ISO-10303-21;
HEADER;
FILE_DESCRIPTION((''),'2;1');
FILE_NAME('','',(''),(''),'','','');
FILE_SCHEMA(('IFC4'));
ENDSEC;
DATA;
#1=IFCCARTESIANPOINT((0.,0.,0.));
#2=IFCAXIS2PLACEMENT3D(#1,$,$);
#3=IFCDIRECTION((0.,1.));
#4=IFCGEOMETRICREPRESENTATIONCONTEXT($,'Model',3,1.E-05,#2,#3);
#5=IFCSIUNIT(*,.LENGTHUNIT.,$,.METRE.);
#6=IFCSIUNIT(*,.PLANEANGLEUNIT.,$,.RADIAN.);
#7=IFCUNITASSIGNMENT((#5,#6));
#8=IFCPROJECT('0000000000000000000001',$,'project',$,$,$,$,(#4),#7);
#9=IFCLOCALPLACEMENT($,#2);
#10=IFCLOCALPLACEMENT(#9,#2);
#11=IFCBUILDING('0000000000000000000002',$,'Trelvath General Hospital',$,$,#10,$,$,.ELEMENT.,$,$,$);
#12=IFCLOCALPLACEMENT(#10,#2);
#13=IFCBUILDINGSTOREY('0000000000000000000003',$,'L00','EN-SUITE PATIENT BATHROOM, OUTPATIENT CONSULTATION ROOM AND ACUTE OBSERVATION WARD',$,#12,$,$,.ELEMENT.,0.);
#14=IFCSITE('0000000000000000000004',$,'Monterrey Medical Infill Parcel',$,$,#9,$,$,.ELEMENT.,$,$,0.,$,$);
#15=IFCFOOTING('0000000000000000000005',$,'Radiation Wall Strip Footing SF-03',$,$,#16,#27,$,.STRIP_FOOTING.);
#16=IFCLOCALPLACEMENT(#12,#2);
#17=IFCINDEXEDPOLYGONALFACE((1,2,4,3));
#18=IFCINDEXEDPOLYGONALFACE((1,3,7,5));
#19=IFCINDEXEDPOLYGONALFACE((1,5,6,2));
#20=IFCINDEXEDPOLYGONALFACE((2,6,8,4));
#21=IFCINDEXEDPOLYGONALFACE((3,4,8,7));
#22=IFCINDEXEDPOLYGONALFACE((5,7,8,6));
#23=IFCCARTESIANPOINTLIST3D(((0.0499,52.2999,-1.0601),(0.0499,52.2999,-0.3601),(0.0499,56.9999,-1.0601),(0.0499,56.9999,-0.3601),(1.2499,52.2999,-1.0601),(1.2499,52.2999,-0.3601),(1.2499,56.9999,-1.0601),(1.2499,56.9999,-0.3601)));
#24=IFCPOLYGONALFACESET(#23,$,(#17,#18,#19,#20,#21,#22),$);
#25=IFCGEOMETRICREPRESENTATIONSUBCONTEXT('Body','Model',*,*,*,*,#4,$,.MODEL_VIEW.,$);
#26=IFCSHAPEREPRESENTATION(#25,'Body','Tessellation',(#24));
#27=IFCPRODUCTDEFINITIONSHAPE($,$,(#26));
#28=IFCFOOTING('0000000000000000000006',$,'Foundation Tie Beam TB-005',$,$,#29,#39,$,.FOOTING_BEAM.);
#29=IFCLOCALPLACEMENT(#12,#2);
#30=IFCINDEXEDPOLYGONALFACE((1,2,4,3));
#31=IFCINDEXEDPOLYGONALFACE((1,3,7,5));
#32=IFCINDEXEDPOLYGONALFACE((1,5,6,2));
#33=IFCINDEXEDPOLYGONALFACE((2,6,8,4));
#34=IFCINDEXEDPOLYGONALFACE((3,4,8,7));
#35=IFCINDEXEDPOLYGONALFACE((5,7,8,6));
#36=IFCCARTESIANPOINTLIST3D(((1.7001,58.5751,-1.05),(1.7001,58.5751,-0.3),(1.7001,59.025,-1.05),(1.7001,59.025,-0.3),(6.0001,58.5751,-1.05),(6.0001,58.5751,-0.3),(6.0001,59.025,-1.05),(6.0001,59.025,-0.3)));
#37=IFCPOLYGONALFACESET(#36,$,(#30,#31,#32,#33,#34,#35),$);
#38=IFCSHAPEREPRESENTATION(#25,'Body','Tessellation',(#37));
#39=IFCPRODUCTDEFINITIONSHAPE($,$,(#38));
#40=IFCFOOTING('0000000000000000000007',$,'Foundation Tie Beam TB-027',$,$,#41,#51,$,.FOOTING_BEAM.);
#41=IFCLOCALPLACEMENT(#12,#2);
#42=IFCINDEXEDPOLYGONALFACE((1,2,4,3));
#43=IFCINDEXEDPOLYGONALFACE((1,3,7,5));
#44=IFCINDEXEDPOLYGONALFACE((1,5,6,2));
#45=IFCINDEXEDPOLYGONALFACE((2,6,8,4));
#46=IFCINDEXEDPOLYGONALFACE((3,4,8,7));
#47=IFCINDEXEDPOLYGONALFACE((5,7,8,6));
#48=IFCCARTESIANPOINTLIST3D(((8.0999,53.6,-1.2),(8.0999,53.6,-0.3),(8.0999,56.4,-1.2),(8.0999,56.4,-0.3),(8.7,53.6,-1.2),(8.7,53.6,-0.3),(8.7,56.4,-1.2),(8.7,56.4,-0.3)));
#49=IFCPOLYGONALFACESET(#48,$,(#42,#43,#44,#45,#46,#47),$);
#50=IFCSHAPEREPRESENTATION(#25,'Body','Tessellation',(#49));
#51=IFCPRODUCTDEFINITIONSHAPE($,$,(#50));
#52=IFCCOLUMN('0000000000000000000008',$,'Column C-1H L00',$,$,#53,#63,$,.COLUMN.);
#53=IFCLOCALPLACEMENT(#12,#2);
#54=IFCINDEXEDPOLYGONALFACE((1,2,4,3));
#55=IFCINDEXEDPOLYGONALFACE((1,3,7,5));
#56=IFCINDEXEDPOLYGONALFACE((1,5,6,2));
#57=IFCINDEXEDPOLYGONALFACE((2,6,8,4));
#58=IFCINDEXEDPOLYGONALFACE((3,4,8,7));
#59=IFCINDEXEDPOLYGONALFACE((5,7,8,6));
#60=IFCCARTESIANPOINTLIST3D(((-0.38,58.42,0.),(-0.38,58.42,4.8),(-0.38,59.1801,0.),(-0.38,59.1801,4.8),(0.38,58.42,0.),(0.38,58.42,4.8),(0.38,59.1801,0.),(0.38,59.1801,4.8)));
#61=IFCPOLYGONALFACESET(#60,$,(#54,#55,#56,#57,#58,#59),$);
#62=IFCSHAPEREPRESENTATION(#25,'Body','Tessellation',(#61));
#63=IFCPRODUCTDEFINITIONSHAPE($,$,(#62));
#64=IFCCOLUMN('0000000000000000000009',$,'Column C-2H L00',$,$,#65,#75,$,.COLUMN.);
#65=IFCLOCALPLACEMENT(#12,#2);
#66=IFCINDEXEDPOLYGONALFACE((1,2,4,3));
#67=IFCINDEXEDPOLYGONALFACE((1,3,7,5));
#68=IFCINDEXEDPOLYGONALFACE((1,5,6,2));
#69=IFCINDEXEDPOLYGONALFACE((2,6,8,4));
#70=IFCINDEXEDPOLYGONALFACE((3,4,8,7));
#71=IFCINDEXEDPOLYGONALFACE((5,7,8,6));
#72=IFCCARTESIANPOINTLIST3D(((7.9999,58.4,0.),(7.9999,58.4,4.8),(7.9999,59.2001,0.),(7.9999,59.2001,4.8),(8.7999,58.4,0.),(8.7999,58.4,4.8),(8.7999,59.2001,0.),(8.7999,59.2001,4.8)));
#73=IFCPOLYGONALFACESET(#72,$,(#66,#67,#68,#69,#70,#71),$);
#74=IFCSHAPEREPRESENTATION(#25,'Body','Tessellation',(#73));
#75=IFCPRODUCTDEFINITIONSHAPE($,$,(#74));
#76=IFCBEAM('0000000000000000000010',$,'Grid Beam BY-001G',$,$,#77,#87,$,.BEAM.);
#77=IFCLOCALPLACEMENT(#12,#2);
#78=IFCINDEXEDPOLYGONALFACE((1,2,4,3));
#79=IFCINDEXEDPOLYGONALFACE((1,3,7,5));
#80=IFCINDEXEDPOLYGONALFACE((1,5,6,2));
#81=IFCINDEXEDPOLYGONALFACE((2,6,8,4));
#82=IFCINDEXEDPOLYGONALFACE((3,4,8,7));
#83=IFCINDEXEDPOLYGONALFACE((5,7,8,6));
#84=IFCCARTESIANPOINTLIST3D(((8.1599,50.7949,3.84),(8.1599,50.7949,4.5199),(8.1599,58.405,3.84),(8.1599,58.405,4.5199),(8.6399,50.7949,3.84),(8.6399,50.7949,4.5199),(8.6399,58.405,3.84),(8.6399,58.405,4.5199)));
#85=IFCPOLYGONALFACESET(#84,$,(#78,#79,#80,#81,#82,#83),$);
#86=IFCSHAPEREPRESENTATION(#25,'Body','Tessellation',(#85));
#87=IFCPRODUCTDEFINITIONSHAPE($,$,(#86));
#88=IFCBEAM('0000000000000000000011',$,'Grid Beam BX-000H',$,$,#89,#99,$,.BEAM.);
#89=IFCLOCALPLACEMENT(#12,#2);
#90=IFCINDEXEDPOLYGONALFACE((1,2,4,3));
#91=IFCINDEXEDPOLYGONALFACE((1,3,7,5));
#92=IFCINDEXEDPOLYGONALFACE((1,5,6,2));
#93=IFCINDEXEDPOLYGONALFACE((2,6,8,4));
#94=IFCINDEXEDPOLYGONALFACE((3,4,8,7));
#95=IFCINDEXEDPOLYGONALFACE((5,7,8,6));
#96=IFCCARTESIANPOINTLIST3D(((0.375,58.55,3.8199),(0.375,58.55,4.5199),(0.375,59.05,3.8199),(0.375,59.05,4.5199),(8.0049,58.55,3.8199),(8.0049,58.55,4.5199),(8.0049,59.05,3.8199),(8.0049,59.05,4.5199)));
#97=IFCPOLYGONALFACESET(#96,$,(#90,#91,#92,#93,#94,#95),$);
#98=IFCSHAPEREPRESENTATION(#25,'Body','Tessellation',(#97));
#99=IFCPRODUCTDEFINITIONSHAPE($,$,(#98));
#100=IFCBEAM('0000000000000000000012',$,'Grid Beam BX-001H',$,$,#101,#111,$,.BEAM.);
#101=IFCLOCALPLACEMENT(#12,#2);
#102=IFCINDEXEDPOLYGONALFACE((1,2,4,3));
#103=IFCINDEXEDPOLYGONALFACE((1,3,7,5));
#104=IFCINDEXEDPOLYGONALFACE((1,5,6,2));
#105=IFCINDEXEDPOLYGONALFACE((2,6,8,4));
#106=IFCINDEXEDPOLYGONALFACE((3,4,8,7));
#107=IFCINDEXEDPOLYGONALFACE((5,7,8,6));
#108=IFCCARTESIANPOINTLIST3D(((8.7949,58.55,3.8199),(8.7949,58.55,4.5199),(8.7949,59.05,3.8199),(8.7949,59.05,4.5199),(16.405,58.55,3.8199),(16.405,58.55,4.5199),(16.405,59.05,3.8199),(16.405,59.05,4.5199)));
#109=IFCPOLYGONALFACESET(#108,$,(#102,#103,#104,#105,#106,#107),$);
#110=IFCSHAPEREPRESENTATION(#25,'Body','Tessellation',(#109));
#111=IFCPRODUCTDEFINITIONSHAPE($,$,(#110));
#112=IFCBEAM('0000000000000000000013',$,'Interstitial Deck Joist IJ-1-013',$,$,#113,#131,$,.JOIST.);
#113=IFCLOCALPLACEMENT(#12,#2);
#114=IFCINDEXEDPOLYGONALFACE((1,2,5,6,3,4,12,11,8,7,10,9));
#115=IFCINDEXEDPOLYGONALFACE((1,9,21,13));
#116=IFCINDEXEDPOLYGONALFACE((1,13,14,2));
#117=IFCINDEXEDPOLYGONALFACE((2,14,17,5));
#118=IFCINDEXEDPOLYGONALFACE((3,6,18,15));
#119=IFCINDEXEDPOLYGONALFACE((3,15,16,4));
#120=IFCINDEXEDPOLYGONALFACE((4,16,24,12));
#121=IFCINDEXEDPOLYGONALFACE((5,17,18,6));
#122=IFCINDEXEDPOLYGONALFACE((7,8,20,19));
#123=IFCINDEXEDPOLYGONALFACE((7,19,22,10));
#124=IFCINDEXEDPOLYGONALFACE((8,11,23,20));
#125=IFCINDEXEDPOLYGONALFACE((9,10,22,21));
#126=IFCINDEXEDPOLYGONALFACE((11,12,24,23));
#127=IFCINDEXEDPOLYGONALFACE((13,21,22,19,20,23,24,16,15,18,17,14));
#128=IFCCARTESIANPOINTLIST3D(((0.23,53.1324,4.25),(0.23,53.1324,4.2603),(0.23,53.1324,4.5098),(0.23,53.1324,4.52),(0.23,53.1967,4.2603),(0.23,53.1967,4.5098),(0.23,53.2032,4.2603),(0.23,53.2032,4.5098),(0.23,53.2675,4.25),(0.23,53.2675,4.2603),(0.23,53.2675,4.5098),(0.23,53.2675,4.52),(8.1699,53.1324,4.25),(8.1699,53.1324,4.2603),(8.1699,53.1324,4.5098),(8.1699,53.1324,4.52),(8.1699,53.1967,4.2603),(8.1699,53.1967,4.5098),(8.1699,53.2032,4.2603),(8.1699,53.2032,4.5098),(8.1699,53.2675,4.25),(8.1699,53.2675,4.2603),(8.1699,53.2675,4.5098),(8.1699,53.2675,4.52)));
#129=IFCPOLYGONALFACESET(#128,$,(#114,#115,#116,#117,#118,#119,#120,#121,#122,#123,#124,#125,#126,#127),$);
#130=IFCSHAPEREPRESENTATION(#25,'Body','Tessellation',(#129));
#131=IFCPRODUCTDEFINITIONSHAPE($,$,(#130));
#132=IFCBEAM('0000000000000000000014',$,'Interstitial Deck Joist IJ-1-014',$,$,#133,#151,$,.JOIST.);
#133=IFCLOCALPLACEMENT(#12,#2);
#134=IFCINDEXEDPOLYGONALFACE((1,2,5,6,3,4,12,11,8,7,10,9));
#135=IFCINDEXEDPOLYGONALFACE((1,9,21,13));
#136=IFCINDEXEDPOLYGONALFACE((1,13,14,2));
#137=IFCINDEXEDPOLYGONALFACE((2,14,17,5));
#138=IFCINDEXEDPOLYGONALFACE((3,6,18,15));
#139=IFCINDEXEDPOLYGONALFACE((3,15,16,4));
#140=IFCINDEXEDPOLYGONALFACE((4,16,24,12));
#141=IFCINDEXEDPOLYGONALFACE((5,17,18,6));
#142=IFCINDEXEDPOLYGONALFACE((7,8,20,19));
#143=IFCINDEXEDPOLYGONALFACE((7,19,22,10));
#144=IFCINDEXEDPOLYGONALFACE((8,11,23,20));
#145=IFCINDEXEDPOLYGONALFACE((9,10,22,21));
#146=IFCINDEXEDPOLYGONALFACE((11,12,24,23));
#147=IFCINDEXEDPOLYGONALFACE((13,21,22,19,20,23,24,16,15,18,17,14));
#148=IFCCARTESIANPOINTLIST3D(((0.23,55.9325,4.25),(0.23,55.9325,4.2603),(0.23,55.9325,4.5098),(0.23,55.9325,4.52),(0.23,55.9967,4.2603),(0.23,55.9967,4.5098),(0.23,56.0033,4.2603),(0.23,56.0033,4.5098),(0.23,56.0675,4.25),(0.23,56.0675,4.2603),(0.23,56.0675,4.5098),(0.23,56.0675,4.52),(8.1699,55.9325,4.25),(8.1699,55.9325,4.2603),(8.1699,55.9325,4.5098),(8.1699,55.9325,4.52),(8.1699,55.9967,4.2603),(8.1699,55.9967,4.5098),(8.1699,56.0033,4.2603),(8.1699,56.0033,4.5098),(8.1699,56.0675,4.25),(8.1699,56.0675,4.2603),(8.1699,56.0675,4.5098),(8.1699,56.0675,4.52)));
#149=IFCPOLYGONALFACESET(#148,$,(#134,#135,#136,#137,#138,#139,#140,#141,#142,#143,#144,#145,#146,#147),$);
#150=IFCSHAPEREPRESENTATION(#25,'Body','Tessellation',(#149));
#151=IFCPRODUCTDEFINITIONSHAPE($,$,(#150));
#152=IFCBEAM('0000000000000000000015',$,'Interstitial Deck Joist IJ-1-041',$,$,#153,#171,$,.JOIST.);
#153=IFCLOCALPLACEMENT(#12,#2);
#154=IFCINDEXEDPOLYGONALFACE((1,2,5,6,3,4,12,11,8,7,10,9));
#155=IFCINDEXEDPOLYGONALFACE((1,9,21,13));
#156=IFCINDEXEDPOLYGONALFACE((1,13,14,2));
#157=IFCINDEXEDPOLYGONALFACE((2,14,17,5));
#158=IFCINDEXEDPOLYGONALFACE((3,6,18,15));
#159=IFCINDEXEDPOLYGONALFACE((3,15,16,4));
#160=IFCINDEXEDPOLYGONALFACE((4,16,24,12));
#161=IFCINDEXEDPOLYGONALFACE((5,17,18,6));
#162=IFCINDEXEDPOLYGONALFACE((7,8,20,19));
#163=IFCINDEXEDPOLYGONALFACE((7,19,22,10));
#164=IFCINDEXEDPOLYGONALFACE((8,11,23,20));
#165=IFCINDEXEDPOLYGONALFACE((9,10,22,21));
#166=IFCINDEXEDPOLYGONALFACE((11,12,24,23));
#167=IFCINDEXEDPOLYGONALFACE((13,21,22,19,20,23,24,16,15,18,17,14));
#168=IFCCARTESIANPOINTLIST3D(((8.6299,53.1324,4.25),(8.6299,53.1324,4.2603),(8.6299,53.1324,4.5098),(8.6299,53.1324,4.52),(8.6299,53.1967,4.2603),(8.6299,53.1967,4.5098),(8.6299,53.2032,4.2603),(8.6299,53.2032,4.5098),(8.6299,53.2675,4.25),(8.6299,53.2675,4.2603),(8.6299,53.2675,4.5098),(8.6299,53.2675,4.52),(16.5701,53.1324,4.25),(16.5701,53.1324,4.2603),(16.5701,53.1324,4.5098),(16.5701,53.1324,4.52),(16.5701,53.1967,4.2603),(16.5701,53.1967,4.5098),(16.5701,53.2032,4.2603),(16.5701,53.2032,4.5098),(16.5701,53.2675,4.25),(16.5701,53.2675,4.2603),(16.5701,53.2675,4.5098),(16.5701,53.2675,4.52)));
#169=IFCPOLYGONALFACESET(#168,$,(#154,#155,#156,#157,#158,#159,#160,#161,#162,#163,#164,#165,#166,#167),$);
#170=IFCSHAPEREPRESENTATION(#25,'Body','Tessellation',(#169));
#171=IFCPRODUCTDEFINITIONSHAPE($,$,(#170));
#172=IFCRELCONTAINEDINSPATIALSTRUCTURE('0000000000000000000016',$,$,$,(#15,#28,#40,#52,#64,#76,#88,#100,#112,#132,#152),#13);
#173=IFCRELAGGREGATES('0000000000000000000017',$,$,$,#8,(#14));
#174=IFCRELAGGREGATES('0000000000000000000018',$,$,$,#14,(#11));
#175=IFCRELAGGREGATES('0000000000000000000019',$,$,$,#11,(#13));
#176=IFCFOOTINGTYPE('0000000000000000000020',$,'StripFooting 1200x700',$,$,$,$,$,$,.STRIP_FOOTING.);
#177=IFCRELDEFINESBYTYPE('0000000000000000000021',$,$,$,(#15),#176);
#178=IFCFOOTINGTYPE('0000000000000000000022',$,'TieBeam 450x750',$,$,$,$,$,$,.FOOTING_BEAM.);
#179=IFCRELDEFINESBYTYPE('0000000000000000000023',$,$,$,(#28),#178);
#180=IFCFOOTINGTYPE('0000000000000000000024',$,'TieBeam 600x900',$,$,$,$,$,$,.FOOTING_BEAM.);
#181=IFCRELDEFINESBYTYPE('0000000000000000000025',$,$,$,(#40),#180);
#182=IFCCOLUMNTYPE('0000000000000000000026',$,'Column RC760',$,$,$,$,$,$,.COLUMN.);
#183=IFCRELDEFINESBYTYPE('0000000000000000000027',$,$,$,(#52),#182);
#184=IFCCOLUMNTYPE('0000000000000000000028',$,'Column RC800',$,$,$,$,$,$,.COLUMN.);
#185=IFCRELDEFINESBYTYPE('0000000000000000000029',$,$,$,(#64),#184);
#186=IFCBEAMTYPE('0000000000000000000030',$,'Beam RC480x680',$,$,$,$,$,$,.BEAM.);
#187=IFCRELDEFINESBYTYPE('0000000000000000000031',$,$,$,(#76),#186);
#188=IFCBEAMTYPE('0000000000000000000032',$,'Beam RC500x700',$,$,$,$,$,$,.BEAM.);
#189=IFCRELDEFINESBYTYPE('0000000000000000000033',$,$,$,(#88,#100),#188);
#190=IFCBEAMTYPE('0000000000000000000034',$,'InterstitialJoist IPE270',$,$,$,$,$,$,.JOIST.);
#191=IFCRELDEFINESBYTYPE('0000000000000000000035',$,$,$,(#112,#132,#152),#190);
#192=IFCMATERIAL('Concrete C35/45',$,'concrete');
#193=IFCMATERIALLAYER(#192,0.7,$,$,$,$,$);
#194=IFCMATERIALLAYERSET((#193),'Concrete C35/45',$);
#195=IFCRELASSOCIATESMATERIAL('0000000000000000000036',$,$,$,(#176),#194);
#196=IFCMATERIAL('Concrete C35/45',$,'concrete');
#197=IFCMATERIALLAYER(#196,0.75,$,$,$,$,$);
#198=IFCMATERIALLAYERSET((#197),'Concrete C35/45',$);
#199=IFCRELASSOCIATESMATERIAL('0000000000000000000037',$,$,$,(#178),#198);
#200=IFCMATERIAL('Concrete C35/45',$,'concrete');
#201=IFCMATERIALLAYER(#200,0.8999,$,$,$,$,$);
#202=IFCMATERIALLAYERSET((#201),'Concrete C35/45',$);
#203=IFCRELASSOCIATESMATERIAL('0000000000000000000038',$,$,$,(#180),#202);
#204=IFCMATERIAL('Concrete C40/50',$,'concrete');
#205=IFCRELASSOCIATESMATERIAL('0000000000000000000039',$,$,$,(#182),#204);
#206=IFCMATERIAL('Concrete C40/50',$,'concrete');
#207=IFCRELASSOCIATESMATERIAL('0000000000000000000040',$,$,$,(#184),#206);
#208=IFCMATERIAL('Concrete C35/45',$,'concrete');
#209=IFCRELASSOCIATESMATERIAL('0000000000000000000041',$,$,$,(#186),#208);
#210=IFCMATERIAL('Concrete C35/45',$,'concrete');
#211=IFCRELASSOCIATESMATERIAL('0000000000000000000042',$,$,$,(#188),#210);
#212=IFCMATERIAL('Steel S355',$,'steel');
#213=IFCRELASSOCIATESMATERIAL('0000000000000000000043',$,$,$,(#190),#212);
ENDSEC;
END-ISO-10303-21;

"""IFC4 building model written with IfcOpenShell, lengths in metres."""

from ifc_helpers import new_model, si_unit, direction, frame, origin, origin_2d, place, context, subcontext, project, spatial, rectangle, i_section, extrude, material, layer, layer_set, material_profile, profile_set, type_object, element, save


model = new_model("IFC4")

# Units and contexts
model_context = context("Model", 3, precision=1e-05, world=origin(), true_north=direction((0.0, 1.0)))
body_context = subcontext(model_context, "Body", "Model", "MODEL_VIEW")
ifc_project = project(units=[si_unit("LENGTHUNIT", "METRE"), si_unit("PLANEANGLEUNIT", "RADIAN")], contexts=[model_context])

# Site, building, storey
site_placement = place(None, origin())
site = spatial("IfcSite", under=ifc_project, at=site_placement, Name="Monterrey Medical Infill Parcel", CompositionType="ELEMENT", RefElevation=0.0)
building_placement = place(site_placement, origin())
building = spatial("IfcBuilding", under=site, at=building_placement, Name="Trelvath General Hospital", CompositionType="ELEMENT")
storey_placement = place(building_placement, origin())
storey = spatial("IfcBuildingStorey", under=building, at=storey_placement, Name="L00", Description="EN-SUITE PATIENT BATHROOM, OUTPATIENT CONSULTATION ROOM AND ACUTE OBSERVATION WARD", CompositionType="ELEMENT", Elevation=0.0)

# Footings
ifc_material_1 = material(Name="Concrete C35/45", Category="concrete")
ifc_layer_1 = layer(ifc_material_1, 0.7)
ifc_layer_set_1 = layer_set([ifc_layer_1], Name="Concrete C35/45")
footing_type_1 = type_object("IfcFootingType", Name="StripFooting 1200x700", PredefinedType="STRIP_FOOTING", material=ifc_layer_set_1)
footing_1_placement = place(storey_placement, frame((0.6499, 54.6499, -1.0601), z_axis=(0.0, 0.0, 1.0), x_axis=(1.0, 0.0, 0.0)))
element("IfcFooting", 1, at=footing_1_placement, inside=storey, type_object=footing_type_1, Name="Radiation Wall Strip Footing SF-03", PredefinedType="STRIP_FOOTING", context=body_context, shape_type="SweptSolid", body=[
    extrude(rectangle(XDim=1.2, YDim=4.7, at=origin_2d()), origin(), (0.0, 0.0, 1.0), 0.7),
])
ifc_material_2 = material(Name="Concrete C35/45", Category="concrete")
ifc_layer_2 = layer(ifc_material_2, 0.75)
ifc_layer_set_2 = layer_set([ifc_layer_2], Name="Concrete C35/45")
footing_type_2 = type_object("IfcFootingType", Name="TieBeam 450x750", PredefinedType="FOOTING_BEAM", material=ifc_layer_set_2)
footing_2_placement = place(storey_placement, frame((3.8501, 58.8, -1.05), z_axis=(0.0, 0.0, 1.0), x_axis=(1.0, 0.0, 0.0)))
element("IfcFooting", 2, at=footing_2_placement, inside=storey, type_object=footing_type_2, Name="Foundation Tie Beam TB-005", PredefinedType="FOOTING_BEAM", context=body_context, shape_type="SweptSolid", body=[
    extrude(rectangle(XDim=4.3, YDim=0.45, at=origin_2d()), origin(), (0.0, 0.0, 1.0), 0.75),
])
ifc_material_3 = material(Name="Concrete C35/45", Category="concrete")
ifc_layer_3 = layer(ifc_material_3, 0.8999)
ifc_layer_set_3 = layer_set([ifc_layer_3], Name="Concrete C35/45")
footing_type_3 = type_object("IfcFootingType", Name="TieBeam 600x900", PredefinedType="FOOTING_BEAM", material=ifc_layer_set_3)
footing_3_placement = place(storey_placement, frame((8.3999, 55.0, -1.2), z_axis=(0.0, 0.0, 1.0), x_axis=(1.0, 0.0, 0.0)))
element("IfcFooting", 3, at=footing_3_placement, inside=storey, type_object=footing_type_3, Name="Foundation Tie Beam TB-027", PredefinedType="FOOTING_BEAM", context=body_context, shape_type="SweptSolid", body=[
    extrude(rectangle(XDim=0.6001, YDim=2.8, at=origin_2d()), origin(), (0.0, 0.0, 1.0), 0.8999),
])

# Columns
ifc_material_4 = material(Name="Concrete C40/50", Category="concrete")
ifc_material_profile_1 = material_profile(ifc_material_4, rectangle(XDim=0.76, YDim=0.76, at=origin_2d()), Name="RC760x760")
ifc_profile_set_1 = profile_set([ifc_material_profile_1], Name="Concrete C40/50")
column_type_1 = type_object("IfcColumnType", Name="Column RC760", PredefinedType="COLUMN", material=ifc_profile_set_1)
column_1_placement = place(storey_placement, frame((0.0, 58.8, 0.0), z_axis=(0.0, 0.0, 1.0), x_axis=(1.0, 0.0, 0.0)))
element("IfcColumn", 4, at=column_1_placement, inside=storey, type_object=column_type_1, Name="Column C-1H L00", PredefinedType="COLUMN", context=body_context, shape_type="SweptSolid", body=[
    extrude(rectangle(XDim=0.76, YDim=0.76, at=origin_2d()), origin(), (0.0, 0.0, 1.0), 4.8),
])
ifc_material_5 = material(Name="Concrete C40/50", Category="concrete")
ifc_material_profile_2 = material_profile(ifc_material_5, rectangle(XDim=0.8, YDim=0.8, at=origin_2d()), Name="RC800x800")
ifc_profile_set_2 = profile_set([ifc_material_profile_2], Name="Concrete C40/50")
column_type_2 = type_object("IfcColumnType", Name="Column RC800", PredefinedType="COLUMN", material=ifc_profile_set_2)
column_2_placement = place(storey_placement, frame((8.3999, 58.8, 0.0), z_axis=(0.0, 0.0, 1.0), x_axis=(1.0, 0.0, 0.0)))
element("IfcColumn", 5, at=column_2_placement, inside=storey, type_object=column_type_2, Name="Column C-2H L00", PredefinedType="COLUMN", context=body_context, shape_type="SweptSolid", body=[
    extrude(rectangle(XDim=0.8, YDim=0.8, at=origin_2d()), origin(), (0.0, 0.0, 1.0), 4.8),
])

# Beams
ifc_material_6 = material(Name="Concrete C35/45", Category="concrete")
ifc_material_profile_3 = material_profile(ifc_material_6, rectangle(XDim=0.48, YDim=0.6799, at=origin_2d()), Name="RCB480x680")
ifc_profile_set_3 = profile_set([ifc_material_profile_3], Name="Concrete C35/45")
beam_type_1 = type_object("IfcBeamType", Name="Beam RC480x680", PredefinedType="BEAM", material=ifc_profile_set_3)
beam_1_placement = place(storey_placement, frame((8.3999, 50.7949, 4.1799), z_axis=(0.0, 1.0, 0.0), x_axis=(-1.0, 0.0, 0.0)))
element("IfcBeam", 6, at=beam_1_placement, inside=storey, type_object=beam_type_1, Name="Grid Beam BY-001G", PredefinedType="BEAM", context=body_context, shape_type="SweptSolid", body=[
    extrude(rectangle(XDim=0.48, YDim=0.6799, at=origin_2d()), origin(), (0.0, 0.0, 1.0), 7.6101),
])
ifc_material_7 = material(Name="Concrete C35/45", Category="concrete")
ifc_material_profile_4 = material_profile(ifc_material_7, rectangle(XDim=0.5, YDim=0.7, at=origin_2d()), Name="RCB500x700")
ifc_profile_set_4 = profile_set([ifc_material_profile_4], Name="Concrete C35/45")
beam_type_2 = type_object("IfcBeamType", Name="Beam RC500x700", PredefinedType="BEAM", material=ifc_profile_set_4)
beam_2_placement = place(storey_placement, frame((0.375, 58.8, 4.1699), z_axis=(1.0, 0.0, 0.0), x_axis=(0.0, 1.0, 0.0)))
element("IfcBeam", 7, at=beam_2_placement, inside=storey, type_object=beam_type_2, Name="Grid Beam BX-000H", PredefinedType="BEAM", context=body_context, shape_type="SweptSolid", body=[
    extrude(rectangle(XDim=0.5, YDim=0.7, at=origin_2d()), origin(), (0.0, 0.0, 1.0), 7.6299),
])
beam_3_placement = place(storey_placement, frame((8.7949, 58.8, 4.1699), z_axis=(1.0, 0.0, 0.0), x_axis=(0.0, 1.0, 0.0)))
element("IfcBeam", 8, at=beam_3_placement, inside=storey, type_object=beam_type_2, Name="Grid Beam BX-001H", PredefinedType="BEAM", context=body_context, shape_type="SweptSolid", body=[
    extrude(rectangle(XDim=0.5, YDim=0.7, at=origin_2d()), origin(), (0.0, 0.0, 1.0), 7.6101),
])
ifc_material_8 = material(Name="Steel S355", Category="steel")
ifc_material_profile_5 = material_profile(ifc_material_8, i_section(OverallWidth=0.135, OverallDepth=0.27, WebThickness=0.0066, FlangeThickness=0.0103, at=origin_2d()), Name="IPE270")
ifc_profile_set_5 = profile_set([ifc_material_profile_5], Name="Steel S355")
beam_type_3 = type_object("IfcBeamType", Name="InterstitialJoist IPE270", PredefinedType="JOIST", material=ifc_profile_set_5)
for number, where, z_axis, x_axis, name in (
    (9, (0.23, 53.2, 4.385), (1.0, 0.0, 0.0), (0.0, 1.0, 0.0), "Interstitial Deck Joist IJ-1-013"),
    (10, (0.23, 56.0, 4.385), (1.0, 0.0, 0.0), (0.0, 1.0, 0.0), "Interstitial Deck Joist IJ-1-014"),
):
    element("IfcBeam", number, at=place(storey_placement, frame(where, z_axis=z_axis, x_axis=x_axis)), inside=storey, type_object=beam_type_3, Name=name, PredefinedType="JOIST", context=body_context, shape_type="SweptSolid", body=[
        extrude(i_section(OverallWidth=0.135, OverallDepth=0.27, WebThickness=0.0066, FlangeThickness=0.0103, at=origin_2d()), origin(), (0.0, 0.0, 1.0), 7.9399),
    ])
for number, where, z_axis, x_axis, name in (
    (11, (8.6299, 53.2, 4.385), (1.0, 0.0, 0.0), (0.0, 1.0, 0.0), "Interstitial Deck Joist IJ-1-041"),
):
    element("IfcBeam", number, at=place(storey_placement, frame(where, z_axis=z_axis, x_axis=x_axis)), inside=storey, type_object=beam_type_3, Name=name, PredefinedType="JOIST", context=body_context, shape_type="SweptSolid", body=[
        extrude(i_section(OverallWidth=0.135, OverallDepth=0.27, WebThickness=0.0066, FlangeThickness=0.0103, at=origin_2d()), origin(), (0.0, 0.0, 1.0), 7.9402),
    ])

save(model, "model.ifc")
